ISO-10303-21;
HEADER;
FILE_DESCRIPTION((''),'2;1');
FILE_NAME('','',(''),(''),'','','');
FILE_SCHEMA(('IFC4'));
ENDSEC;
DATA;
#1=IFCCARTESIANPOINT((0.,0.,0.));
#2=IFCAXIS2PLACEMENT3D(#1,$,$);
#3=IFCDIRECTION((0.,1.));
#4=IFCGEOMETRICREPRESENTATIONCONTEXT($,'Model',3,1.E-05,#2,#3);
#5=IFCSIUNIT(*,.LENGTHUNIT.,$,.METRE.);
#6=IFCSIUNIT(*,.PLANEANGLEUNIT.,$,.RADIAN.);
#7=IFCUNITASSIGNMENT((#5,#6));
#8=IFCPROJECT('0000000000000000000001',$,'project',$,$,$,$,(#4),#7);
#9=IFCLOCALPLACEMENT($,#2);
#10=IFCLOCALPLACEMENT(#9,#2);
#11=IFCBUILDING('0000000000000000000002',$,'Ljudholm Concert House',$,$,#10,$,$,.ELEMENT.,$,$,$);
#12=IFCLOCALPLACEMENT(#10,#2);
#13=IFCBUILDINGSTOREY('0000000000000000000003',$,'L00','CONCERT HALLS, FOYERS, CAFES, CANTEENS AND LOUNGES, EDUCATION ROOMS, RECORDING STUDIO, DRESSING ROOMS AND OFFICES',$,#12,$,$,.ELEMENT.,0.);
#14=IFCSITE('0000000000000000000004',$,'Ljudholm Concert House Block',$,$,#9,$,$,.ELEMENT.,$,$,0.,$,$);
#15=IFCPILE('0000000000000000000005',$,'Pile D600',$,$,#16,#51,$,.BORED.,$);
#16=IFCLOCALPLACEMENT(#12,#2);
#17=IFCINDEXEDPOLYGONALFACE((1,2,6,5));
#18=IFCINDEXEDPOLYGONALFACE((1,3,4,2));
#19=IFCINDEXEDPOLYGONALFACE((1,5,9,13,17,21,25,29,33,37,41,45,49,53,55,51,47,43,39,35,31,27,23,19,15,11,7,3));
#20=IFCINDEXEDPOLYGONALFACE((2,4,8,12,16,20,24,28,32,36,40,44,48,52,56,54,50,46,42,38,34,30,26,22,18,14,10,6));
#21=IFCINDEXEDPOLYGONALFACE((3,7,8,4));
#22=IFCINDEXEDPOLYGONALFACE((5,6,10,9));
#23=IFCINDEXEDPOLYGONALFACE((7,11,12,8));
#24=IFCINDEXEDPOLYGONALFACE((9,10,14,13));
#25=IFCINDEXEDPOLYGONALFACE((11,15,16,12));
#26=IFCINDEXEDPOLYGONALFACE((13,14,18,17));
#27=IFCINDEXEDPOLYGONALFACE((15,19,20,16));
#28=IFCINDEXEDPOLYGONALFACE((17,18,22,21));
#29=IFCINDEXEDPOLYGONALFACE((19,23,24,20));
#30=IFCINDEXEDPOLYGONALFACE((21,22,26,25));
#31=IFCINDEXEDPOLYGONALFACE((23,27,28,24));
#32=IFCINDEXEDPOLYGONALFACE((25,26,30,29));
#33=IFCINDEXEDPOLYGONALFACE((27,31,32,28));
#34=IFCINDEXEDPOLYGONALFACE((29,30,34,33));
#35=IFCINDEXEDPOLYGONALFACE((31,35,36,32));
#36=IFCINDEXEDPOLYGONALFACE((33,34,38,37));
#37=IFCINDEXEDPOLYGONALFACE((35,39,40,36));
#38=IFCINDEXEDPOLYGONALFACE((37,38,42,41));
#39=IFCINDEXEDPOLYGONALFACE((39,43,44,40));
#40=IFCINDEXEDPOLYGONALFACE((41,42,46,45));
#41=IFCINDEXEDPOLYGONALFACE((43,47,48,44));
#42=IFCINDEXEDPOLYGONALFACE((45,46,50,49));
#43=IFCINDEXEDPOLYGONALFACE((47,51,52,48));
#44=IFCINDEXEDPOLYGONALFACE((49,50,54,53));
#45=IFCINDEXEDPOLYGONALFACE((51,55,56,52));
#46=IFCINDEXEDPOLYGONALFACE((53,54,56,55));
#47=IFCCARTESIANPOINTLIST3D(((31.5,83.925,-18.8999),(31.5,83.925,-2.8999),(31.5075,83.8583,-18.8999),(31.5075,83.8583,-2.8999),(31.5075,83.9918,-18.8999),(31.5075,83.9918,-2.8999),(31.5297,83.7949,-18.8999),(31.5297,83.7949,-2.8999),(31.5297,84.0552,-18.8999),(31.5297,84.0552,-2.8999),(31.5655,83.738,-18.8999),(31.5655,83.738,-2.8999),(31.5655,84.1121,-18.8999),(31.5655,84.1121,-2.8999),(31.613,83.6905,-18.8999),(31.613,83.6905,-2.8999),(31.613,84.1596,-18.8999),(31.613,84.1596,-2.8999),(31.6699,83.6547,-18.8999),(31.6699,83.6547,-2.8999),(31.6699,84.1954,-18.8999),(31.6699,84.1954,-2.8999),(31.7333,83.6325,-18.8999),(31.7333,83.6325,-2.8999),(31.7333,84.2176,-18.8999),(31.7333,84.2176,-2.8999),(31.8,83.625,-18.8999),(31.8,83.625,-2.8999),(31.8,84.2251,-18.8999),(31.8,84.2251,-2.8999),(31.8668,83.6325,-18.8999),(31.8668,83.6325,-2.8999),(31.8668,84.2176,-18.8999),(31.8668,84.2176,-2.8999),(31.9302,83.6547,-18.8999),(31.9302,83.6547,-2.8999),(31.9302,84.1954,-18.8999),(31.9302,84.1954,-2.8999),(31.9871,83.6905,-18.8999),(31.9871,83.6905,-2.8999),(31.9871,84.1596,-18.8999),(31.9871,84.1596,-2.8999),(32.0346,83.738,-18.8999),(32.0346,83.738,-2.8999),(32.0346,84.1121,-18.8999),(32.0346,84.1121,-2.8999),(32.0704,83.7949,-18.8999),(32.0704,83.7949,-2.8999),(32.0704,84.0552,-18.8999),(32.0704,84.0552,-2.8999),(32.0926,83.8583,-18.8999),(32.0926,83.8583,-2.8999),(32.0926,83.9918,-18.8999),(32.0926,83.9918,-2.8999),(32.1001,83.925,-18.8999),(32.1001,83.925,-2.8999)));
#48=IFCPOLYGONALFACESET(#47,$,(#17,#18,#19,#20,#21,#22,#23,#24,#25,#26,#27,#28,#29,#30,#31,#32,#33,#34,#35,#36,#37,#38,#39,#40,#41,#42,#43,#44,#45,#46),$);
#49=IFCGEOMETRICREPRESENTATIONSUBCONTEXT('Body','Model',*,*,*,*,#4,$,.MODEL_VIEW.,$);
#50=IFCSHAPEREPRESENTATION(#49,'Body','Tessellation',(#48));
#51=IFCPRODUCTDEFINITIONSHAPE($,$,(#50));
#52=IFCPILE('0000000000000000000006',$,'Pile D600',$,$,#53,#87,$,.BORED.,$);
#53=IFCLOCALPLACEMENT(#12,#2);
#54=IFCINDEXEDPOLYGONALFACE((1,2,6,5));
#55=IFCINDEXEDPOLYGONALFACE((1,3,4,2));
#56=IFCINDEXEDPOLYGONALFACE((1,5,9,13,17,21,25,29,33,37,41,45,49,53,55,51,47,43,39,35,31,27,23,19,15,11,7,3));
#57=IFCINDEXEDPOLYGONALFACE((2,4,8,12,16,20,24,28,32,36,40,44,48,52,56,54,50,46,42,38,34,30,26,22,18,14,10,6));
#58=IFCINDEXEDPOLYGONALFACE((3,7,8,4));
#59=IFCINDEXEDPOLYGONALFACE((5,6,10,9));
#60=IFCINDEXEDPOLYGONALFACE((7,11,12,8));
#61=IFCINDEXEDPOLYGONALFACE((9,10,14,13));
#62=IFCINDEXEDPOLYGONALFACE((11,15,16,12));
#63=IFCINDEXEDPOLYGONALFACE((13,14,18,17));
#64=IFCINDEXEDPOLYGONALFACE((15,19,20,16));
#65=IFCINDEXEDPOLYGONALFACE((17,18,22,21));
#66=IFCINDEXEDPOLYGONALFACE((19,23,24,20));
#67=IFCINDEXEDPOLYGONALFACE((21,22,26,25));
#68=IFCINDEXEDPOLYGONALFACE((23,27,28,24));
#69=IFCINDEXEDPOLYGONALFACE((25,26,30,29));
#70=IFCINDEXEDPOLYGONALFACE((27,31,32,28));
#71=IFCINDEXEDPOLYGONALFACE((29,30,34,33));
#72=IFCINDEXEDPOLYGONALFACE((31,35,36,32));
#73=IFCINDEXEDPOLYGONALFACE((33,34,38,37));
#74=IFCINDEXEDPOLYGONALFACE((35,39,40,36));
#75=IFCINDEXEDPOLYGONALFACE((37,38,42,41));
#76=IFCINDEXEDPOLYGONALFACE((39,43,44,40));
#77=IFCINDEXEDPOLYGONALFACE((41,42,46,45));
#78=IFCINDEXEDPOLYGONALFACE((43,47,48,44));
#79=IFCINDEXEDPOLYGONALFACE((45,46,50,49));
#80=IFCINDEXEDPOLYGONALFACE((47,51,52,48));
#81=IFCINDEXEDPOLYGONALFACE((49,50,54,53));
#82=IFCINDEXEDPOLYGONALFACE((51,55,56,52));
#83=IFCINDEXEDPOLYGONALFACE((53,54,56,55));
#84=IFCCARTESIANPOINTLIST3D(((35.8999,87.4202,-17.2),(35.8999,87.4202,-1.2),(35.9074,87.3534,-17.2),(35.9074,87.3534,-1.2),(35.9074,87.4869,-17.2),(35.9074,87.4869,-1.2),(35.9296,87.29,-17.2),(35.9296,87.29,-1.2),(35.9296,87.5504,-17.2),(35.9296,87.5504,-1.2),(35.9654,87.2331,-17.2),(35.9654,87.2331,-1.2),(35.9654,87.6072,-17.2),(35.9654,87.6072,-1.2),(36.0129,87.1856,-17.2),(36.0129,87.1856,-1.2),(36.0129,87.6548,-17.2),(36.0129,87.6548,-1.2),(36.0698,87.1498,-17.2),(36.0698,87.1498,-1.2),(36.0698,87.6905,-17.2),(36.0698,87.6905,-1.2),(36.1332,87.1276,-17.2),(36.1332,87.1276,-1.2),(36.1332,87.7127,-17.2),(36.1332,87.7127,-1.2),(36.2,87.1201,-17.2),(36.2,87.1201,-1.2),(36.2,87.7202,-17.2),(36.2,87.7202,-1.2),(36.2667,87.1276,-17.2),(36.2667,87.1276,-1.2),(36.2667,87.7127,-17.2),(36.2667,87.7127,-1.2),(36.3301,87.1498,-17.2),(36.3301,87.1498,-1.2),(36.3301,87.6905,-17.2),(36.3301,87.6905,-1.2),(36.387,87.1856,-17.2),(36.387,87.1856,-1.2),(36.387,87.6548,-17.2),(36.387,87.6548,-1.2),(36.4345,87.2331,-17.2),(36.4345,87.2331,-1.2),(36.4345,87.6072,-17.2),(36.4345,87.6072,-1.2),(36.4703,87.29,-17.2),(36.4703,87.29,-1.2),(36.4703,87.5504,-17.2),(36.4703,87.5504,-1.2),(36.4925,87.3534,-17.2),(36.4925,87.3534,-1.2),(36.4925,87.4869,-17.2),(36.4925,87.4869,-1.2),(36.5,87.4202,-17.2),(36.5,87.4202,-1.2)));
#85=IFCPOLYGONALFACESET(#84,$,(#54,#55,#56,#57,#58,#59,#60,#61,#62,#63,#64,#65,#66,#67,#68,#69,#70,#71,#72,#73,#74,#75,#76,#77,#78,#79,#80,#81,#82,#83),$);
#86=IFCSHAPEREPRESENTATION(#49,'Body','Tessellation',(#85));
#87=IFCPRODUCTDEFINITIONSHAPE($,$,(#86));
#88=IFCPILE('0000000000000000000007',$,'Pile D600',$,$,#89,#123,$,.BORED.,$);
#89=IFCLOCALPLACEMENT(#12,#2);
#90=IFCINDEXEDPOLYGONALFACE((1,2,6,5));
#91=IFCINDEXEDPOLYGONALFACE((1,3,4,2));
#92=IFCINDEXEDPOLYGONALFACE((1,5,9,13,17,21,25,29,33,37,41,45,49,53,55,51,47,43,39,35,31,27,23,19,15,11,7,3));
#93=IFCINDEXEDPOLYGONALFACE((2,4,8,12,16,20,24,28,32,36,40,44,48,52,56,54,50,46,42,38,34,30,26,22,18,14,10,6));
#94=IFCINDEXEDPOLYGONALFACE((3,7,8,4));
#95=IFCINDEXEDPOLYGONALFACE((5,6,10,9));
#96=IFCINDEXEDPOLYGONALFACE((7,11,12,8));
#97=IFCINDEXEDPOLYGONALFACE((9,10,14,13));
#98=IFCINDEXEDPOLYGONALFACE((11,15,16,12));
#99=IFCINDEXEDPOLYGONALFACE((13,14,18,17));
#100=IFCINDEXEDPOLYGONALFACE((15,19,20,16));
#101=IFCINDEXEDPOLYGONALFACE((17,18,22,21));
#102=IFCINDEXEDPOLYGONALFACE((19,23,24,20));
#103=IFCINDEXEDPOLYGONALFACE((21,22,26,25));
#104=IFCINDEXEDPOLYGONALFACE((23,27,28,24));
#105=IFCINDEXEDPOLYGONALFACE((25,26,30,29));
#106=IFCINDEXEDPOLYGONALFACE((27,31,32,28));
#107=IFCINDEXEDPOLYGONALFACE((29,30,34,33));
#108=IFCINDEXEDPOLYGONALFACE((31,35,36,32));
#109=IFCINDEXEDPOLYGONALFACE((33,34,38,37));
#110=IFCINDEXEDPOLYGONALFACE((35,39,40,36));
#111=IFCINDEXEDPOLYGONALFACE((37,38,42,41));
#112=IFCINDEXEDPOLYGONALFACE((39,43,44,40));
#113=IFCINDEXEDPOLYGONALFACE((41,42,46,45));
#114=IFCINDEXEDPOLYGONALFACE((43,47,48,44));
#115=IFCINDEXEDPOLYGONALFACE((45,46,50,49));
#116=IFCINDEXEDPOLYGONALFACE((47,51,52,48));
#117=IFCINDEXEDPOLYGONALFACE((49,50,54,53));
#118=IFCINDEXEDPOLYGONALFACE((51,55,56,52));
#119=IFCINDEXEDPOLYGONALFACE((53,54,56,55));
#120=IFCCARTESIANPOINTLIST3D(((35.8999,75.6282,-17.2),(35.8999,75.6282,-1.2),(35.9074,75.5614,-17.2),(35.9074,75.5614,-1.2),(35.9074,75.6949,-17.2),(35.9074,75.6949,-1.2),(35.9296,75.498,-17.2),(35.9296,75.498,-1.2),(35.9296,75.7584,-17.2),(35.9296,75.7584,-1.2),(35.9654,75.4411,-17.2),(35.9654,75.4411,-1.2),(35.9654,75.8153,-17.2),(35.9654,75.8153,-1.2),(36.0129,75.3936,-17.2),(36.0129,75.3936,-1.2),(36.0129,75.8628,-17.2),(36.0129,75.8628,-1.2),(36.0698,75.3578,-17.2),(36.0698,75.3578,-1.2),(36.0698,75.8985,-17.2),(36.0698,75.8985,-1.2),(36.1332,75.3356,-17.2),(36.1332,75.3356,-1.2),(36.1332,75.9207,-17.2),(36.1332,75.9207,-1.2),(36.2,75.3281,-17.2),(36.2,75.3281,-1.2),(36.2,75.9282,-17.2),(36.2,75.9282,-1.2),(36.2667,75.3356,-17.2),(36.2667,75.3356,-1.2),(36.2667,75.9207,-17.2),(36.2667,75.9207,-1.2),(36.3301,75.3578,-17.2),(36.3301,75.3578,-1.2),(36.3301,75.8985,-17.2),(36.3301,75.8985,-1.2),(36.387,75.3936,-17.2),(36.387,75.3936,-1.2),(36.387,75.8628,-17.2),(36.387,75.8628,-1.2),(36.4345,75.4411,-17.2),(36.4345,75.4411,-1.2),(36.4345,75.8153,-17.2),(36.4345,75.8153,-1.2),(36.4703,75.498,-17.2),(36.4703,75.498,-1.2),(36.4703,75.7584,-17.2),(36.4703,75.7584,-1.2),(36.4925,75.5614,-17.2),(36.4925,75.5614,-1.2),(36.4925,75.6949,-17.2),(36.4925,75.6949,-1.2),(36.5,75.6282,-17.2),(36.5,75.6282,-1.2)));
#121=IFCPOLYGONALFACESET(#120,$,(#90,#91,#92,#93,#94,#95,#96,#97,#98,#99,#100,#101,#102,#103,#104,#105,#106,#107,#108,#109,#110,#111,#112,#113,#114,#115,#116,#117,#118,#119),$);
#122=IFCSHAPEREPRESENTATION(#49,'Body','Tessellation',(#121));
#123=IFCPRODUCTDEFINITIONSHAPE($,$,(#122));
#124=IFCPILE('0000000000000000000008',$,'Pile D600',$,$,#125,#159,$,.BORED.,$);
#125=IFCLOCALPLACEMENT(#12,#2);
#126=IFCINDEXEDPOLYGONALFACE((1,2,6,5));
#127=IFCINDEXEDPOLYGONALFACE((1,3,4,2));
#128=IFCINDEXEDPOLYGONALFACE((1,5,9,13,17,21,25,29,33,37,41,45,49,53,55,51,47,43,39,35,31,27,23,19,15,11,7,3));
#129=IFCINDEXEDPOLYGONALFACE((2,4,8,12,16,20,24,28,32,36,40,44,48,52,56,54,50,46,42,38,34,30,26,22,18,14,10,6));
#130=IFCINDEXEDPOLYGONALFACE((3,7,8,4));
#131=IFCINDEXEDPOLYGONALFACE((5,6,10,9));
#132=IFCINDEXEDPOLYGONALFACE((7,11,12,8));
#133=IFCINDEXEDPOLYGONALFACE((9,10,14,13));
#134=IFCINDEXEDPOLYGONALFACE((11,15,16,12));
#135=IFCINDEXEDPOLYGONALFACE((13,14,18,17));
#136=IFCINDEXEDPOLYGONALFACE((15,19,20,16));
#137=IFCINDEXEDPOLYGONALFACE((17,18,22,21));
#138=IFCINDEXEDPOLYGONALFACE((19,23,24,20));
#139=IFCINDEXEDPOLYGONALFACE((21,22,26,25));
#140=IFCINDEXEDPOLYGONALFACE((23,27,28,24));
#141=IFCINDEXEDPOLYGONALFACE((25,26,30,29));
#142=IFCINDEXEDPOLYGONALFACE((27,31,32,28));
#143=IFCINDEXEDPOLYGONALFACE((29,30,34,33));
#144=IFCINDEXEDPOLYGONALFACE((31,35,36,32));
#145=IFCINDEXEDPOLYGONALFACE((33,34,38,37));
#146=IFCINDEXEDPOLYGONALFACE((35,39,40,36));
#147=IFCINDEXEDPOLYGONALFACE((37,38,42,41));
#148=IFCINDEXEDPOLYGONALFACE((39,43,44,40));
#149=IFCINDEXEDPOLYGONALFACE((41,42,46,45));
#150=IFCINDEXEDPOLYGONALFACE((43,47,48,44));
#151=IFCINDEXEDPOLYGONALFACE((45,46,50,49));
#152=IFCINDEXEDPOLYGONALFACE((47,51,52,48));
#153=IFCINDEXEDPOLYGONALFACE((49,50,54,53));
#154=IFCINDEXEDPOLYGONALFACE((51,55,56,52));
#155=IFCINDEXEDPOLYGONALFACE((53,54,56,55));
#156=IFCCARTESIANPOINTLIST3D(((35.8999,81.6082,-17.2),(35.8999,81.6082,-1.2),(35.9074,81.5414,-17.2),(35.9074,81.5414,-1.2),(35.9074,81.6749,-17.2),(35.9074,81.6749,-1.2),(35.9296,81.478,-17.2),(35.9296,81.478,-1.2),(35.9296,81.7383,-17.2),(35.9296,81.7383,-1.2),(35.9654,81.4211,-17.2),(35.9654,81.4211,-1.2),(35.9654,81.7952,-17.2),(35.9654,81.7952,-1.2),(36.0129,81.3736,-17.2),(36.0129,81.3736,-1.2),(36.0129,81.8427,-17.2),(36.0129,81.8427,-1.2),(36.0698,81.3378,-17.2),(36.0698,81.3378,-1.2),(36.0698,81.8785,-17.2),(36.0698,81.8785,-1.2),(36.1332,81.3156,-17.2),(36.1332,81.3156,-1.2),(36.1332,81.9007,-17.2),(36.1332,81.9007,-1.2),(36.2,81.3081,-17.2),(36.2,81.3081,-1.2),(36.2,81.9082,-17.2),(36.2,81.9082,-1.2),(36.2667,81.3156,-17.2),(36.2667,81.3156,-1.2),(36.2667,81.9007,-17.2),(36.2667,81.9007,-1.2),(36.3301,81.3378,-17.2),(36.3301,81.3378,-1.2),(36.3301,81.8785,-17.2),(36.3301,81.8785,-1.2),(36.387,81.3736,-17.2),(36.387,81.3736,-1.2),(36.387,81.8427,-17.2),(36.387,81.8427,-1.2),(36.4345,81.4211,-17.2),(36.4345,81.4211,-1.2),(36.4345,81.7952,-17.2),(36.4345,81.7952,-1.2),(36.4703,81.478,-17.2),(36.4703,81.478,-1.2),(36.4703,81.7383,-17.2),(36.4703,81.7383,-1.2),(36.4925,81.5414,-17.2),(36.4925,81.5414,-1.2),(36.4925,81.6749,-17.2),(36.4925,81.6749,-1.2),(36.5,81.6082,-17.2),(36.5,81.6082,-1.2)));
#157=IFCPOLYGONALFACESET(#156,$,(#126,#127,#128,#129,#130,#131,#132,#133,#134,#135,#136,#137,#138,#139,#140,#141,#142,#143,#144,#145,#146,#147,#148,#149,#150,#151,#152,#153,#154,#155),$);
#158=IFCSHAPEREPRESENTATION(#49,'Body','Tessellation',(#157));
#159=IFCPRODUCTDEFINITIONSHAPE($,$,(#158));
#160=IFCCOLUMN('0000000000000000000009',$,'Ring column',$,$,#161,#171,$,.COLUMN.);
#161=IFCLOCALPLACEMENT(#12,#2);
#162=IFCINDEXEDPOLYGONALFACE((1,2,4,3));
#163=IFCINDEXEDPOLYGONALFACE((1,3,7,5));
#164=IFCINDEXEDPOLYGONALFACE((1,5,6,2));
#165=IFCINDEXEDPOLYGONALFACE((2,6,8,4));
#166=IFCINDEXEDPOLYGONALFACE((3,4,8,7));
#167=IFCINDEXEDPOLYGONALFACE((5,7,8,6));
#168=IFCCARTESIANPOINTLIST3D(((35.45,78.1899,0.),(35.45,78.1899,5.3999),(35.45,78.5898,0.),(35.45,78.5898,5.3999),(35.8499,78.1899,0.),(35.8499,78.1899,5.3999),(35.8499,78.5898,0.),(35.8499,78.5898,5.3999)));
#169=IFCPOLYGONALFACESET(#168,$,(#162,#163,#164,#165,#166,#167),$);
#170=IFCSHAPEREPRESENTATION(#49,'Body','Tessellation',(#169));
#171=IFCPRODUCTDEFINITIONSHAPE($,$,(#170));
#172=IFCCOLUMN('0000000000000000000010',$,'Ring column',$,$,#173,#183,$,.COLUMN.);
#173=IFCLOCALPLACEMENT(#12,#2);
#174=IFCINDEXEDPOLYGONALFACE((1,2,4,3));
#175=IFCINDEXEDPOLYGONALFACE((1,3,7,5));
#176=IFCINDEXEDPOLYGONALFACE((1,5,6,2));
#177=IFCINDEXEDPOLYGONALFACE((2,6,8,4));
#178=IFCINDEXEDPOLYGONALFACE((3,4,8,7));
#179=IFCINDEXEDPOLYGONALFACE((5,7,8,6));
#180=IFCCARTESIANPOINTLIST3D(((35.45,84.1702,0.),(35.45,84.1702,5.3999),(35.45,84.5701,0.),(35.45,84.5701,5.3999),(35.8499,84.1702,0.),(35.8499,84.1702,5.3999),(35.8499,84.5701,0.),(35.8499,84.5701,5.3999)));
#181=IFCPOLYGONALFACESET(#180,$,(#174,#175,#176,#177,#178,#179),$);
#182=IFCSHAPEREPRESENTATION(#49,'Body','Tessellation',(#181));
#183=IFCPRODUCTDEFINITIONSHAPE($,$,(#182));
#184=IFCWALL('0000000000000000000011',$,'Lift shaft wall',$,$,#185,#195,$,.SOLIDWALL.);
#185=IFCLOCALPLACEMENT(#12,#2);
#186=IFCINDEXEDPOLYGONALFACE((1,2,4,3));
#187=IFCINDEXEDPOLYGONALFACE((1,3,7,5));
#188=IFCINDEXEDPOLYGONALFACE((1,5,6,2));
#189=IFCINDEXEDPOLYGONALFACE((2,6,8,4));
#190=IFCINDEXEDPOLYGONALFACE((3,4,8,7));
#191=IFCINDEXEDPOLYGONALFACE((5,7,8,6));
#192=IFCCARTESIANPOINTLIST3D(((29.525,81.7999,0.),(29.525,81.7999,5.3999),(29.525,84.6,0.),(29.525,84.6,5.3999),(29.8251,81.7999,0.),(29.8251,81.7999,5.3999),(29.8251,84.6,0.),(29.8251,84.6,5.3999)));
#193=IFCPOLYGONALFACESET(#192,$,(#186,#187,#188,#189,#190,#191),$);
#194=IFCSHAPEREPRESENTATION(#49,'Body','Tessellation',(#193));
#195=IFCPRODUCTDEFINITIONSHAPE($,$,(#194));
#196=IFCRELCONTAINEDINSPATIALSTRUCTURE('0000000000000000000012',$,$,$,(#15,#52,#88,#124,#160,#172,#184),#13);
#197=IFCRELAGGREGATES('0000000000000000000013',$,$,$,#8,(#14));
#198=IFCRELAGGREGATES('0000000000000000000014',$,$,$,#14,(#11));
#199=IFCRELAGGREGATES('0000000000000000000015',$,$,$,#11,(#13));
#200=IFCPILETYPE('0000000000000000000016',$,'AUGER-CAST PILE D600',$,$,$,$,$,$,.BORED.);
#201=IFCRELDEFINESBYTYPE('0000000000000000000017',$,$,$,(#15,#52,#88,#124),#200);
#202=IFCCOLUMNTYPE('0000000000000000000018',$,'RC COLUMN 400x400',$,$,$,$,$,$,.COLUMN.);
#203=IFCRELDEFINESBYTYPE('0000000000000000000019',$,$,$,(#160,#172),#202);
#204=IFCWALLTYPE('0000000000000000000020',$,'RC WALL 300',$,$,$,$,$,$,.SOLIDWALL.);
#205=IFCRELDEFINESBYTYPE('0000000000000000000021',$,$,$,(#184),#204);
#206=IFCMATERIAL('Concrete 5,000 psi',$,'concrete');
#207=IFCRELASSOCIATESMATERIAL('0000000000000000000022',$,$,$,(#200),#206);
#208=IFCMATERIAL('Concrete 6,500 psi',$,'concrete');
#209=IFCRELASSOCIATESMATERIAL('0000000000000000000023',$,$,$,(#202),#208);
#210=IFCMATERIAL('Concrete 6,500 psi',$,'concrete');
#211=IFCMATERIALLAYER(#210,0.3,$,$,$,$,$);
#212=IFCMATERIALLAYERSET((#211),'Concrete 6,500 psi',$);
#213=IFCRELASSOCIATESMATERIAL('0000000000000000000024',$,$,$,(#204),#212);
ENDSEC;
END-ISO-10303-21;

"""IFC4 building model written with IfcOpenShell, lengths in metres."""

from ifc_helpers import new_model, si_unit, direction, frame, frame_2d, origin, origin_2d, place, context, subcontext, project, spatial, rectangle, circle, extrude, material, layer, layer_set, material_profile, profile_set, type_object, element, save


model = new_model("IFC4")

# Units and contexts
model_context = context("Model", 3, precision=1e-05, world=origin(), true_north=direction((0.0, 1.0)))
body_context = subcontext(model_context, "Body", "Model", "MODEL_VIEW")
ifc_project = project(units=[si_unit("LENGTHUNIT", "METRE"), si_unit("PLANEANGLEUNIT", "RADIAN")], contexts=[model_context])

# Site, building, storey
site_placement = place(None, origin())
site = spatial("IfcSite", under=ifc_project, at=site_placement, Name="Ljudholm Concert House Block", CompositionType="ELEMENT", RefElevation=0.0)
building_placement = place(site_placement, origin())
building = spatial("IfcBuilding", under=site, at=building_placement, Name="Ljudholm Concert House", CompositionType="ELEMENT")
storey_placement = place(building_placement, origin())
storey = spatial("IfcBuildingStorey", under=building, at=storey_placement, Name="L00", Description="CONCERT HALLS, FOYERS, CAFES, CANTEENS AND LOUNGES, EDUCATION ROOMS, RECORDING STUDIO, DRESSING ROOMS AND OFFICES", CompositionType="ELEMENT", Elevation=0.0)

# Piles
ifc_material_1 = material(Name="Concrete 5,000 psi", Category="concrete")
ifc_material_profile_1 = material_profile(ifc_material_1, circle(Radius=0.3, at=origin_2d()), Name="AUGER-CAST PILE D600")
ifc_profile_set_1 = profile_set([ifc_material_profile_1], Name="Concrete 5,000 psi")
pile_type = type_object("IfcPileType", Name="AUGER-CAST PILE D600", PredefinedType="BORED", material=ifc_profile_set_1)
for number, where, z_axis, x_axis, name in (
    (1, (31.8, 83.925, -2.8999), (0.0, 0.0, -1.0), (1.0, 0.0, 0.0), "Pile D600"),
    (2, (36.2, 87.4202, -1.2), (0.0, 0.0, -1.0), (1.0, 0.0, 0.0), "Pile D600"),
    (3, (36.2, 75.6282, -1.2), (0.0, 0.0, -1.0), (1.0, 0.0, 0.0), "Pile D600"),
    (4, (36.2, 81.6082, -1.2), (0.0, 0.0, -1.0), (1.0, 0.0, 0.0), "Pile D600"),
):
    element("IfcPile", number, at=place(storey_placement, frame(where, z_axis=z_axis, x_axis=x_axis)), inside=storey, type_object=pile_type, Name=name, PredefinedType="BORED", context=body_context, shape_type="SweptSolid", body=[
        extrude(circle(Radius=0.3, at=origin_2d()), origin(), (0.0, 0.0, 1.0), 16.0),
    ])

# Columns
ifc_material_2 = material(Name="Concrete 6,500 psi", Category="concrete")
ifc_material_profile_2 = material_profile(ifc_material_2, rectangle(XDim=0.3999, YDim=0.3999, at=origin_2d()), Name="RC COLUMN 400x400")
ifc_profile_set_2 = profile_set([ifc_material_profile_2], Name="Concrete 6,500 psi")
column_type = type_object("IfcColumnType", Name="RC COLUMN 400x400", PredefinedType="COLUMN", material=ifc_profile_set_2)
for number, where, z_axis, x_axis, name in (
    (5, (35.6499, 78.3899, 0.0), (0.0, 0.0, 1.0), (1.0, 0.0, 0.0), "Ring column"),
    (6, (35.6499, 84.3701, 0.0), (0.0, 0.0, 1.0), (1.0, 0.0, 0.0), "Ring column"),
):
    element("IfcColumn", number, at=place(storey_placement, frame(where, z_axis=z_axis, x_axis=x_axis)), inside=storey, type_object=column_type, Name=name, PredefinedType="COLUMN", context=body_context, shape_type="SweptSolid", body=[
        extrude(rectangle(XDim=0.3999, YDim=0.3999, at=origin_2d()), origin(), (0.0, 0.0, 1.0), 5.3999),
    ])

# Wall
ifc_material_3 = material(Name="Concrete 6,500 psi", Category="concrete")
ifc_layer_1 = layer(ifc_material_3, 0.3)
ifc_layer_set_1 = layer_set([ifc_layer_1], Name="Concrete 6,500 psi")
wall_type_1 = type_object("IfcWallType", Name="RC WALL 300", PredefinedType="SOLIDWALL", material=ifc_layer_set_1)
wall_1_placement = place(storey_placement, frame((29.675, 81.8, 0.0), z_axis=(0.0, 0.0, 1.0), x_axis=(0.0, 1.0, 0.0)))
element("IfcWall", 7, at=wall_1_placement, inside=storey, type_object=wall_type_1, Name="Lift shaft wall", PredefinedType="SOLIDWALL", context=body_context, shape_type="SweptSolid", body=[
    extrude(rectangle(XDim=2.8, YDim=0.3, at=frame_2d((1.3999, 0.0))), origin(), (0.0, 0.0, 1.0), 5.3999),
])

save(model, "model.ifc")
